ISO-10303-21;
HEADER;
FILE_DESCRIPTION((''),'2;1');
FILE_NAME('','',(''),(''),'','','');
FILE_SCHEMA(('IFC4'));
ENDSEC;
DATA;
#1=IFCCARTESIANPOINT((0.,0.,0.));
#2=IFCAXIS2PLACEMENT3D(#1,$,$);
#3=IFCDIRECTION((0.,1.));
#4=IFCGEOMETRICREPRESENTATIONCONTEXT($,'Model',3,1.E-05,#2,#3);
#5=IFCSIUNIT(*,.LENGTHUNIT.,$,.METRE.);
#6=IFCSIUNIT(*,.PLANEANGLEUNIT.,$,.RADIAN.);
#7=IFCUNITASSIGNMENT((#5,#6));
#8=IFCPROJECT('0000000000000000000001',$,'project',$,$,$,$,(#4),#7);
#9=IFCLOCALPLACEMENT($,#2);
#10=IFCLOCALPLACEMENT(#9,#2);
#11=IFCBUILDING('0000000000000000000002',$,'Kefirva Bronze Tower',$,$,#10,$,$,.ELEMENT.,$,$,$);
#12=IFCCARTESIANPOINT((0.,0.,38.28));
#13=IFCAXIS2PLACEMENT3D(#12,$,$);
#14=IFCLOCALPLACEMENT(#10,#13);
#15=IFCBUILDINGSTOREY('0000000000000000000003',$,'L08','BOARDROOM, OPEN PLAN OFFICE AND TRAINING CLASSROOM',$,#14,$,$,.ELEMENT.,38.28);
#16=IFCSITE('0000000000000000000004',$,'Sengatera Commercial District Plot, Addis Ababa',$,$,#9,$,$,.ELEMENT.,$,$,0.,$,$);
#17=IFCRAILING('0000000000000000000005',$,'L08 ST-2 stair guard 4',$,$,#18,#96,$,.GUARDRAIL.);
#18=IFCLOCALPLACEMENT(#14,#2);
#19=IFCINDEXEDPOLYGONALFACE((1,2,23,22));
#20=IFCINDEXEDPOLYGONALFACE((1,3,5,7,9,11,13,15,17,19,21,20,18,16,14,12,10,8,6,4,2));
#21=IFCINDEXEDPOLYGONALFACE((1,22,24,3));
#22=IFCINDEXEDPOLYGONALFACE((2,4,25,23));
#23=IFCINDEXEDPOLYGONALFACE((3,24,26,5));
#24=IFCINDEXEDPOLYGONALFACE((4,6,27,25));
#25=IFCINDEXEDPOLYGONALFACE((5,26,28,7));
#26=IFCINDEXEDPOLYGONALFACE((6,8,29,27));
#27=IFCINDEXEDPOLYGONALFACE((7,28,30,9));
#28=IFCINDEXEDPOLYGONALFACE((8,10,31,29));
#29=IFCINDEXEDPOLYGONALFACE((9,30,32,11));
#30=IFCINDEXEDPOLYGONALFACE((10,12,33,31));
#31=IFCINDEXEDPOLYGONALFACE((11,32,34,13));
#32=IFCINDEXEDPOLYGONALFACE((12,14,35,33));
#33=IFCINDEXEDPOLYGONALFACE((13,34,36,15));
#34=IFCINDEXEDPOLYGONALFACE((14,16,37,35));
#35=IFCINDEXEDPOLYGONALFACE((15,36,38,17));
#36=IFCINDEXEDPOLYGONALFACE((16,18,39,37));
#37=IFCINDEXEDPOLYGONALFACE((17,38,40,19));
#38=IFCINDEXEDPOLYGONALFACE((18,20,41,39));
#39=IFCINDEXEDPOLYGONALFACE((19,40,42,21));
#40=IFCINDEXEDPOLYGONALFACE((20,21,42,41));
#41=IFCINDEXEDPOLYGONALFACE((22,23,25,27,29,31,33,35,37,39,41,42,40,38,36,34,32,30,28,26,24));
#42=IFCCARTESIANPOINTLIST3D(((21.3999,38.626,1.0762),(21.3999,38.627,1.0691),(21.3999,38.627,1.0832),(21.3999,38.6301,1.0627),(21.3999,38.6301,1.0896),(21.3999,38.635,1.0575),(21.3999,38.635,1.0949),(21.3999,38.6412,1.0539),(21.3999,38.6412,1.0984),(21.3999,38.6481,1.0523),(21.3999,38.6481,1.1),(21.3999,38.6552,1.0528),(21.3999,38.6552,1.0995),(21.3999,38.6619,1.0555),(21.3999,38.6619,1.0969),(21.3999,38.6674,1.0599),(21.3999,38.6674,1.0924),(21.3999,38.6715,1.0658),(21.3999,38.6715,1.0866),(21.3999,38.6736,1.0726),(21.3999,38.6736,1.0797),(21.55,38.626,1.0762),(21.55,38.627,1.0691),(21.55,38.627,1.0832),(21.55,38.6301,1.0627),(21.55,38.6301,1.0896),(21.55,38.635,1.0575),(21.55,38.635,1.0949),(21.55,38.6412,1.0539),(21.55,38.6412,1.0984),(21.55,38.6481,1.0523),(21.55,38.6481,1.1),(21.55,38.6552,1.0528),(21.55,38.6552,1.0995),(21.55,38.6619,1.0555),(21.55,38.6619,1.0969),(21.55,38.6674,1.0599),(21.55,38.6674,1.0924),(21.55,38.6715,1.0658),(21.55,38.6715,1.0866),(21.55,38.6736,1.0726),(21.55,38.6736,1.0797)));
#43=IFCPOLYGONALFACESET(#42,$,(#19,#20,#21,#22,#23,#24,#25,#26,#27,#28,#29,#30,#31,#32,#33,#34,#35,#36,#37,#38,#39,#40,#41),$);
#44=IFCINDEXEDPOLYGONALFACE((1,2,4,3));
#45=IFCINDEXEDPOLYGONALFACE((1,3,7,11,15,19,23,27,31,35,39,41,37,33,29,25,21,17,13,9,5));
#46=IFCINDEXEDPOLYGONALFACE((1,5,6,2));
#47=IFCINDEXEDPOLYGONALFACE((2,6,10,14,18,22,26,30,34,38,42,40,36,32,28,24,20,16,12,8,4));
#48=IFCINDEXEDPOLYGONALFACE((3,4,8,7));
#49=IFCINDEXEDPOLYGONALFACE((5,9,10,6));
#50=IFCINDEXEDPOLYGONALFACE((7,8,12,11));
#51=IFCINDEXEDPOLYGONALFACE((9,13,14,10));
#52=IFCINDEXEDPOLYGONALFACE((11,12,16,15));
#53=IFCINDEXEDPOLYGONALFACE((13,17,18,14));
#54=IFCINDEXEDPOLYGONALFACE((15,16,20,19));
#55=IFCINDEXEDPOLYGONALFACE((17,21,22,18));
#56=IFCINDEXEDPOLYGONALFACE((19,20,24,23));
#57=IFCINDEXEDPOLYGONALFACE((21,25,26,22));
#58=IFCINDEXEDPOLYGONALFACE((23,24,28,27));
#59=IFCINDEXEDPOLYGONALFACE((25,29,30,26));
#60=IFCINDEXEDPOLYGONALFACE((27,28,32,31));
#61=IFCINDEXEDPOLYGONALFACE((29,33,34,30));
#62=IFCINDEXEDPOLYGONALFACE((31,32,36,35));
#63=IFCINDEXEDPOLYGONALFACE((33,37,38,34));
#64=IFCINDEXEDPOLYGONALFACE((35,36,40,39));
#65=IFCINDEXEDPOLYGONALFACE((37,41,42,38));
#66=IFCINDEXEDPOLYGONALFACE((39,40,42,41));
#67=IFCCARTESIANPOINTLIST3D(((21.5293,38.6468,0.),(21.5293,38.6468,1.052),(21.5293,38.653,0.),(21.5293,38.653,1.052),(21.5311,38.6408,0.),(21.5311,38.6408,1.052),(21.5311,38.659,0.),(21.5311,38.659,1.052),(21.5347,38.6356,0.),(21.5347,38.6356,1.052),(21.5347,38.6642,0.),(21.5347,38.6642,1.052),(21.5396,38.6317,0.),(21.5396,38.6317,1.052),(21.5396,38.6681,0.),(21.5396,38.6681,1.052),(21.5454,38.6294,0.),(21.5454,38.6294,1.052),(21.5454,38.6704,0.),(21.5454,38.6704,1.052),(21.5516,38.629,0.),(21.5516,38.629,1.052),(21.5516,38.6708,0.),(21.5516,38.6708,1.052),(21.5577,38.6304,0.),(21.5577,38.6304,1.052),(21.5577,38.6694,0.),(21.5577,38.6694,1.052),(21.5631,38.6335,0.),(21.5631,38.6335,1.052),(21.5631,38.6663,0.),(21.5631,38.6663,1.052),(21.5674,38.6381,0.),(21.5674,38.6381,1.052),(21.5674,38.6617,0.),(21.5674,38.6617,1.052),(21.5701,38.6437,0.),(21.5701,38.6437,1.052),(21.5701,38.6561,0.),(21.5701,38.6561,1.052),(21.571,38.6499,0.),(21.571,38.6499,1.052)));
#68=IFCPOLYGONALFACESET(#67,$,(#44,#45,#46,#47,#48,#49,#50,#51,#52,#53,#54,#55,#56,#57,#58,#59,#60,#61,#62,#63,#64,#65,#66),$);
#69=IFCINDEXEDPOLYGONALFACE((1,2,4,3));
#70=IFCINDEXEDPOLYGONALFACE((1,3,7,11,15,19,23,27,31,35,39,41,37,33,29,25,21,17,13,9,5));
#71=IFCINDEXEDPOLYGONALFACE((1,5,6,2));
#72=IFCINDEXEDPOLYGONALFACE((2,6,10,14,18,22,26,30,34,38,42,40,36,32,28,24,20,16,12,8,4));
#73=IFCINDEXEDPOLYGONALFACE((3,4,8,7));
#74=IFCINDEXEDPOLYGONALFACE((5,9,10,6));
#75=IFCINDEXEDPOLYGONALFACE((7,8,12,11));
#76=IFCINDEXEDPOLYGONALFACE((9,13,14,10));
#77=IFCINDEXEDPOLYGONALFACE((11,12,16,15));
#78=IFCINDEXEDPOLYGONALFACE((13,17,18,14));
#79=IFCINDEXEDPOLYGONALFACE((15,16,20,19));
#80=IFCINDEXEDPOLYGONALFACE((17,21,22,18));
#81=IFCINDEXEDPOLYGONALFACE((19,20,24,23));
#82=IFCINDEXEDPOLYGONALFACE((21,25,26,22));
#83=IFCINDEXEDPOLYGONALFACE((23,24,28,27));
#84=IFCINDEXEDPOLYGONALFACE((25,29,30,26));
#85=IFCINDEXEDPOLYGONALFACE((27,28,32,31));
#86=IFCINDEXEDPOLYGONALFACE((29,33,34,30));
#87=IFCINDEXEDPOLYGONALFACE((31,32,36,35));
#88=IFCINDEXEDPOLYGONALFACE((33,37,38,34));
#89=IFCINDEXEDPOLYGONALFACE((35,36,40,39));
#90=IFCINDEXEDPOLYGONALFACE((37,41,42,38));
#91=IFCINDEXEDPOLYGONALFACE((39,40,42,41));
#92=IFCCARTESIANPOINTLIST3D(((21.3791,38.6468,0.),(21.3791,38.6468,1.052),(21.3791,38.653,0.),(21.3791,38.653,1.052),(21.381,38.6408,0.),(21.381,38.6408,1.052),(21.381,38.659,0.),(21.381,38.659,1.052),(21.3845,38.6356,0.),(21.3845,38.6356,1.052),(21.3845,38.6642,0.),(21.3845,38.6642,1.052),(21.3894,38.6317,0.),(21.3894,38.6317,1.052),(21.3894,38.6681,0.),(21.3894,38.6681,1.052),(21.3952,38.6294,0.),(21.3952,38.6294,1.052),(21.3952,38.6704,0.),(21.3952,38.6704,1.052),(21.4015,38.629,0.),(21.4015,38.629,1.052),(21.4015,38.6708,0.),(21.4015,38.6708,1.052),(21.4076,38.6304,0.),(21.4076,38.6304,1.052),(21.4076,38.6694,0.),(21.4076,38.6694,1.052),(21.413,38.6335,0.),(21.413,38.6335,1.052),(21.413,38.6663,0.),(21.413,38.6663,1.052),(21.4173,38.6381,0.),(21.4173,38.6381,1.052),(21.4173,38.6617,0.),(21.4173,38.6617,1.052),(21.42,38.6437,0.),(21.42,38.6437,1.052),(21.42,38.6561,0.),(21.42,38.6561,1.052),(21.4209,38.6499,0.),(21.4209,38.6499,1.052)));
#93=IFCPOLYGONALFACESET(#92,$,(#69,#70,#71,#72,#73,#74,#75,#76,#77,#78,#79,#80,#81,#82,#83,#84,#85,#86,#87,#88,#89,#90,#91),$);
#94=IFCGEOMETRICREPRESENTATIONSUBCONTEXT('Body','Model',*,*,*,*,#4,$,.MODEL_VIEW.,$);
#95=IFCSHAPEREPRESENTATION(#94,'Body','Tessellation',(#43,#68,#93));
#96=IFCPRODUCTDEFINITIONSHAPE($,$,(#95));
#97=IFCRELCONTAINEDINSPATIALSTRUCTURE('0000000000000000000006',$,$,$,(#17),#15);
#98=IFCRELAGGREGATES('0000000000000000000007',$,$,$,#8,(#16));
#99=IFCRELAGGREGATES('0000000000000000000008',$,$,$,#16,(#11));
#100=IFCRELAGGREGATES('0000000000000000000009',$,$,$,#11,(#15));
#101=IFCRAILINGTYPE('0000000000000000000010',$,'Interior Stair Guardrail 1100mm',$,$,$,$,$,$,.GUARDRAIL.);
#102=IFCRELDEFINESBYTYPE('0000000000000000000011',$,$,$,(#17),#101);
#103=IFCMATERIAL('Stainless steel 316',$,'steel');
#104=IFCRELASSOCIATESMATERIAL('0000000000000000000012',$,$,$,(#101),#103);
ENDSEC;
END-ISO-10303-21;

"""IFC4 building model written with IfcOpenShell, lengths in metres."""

from ifc_helpers import new_model, si_unit, direction, frame, origin, origin_2d, place, context, subcontext, project, spatial, circle, extrude, material, type_object, element, save


model = new_model("IFC4")

# Units and contexts
model_context = context("Model", 3, precision=1e-05, world=origin(), true_north=direction((0.0, 1.0)))
body_context = subcontext(model_context, "Body", "Model", "MODEL_VIEW")
ifc_project = project(units=[si_unit("LENGTHUNIT", "METRE"), si_unit("PLANEANGLEUNIT", "RADIAN")], contexts=[model_context])

# Site, building, storey
site_placement = place(None, origin())
site = spatial("IfcSite", under=ifc_project, at=site_placement, Name="Sengatera Commercial District Plot, Addis Ababa", CompositionType="ELEMENT", RefElevation=0.0)
building_placement = place(site_placement, origin())
building = spatial("IfcBuilding", under=site, at=building_placement, Name="Kefirva Bronze Tower", CompositionType="ELEMENT")
storey_placement = place(building_placement, frame((0.0, 0.0, 38.28)))
storey = spatial("IfcBuildingStorey", under=building, at=storey_placement, Name="L08", Description="BOARDROOM, OPEN PLAN OFFICE AND TRAINING CLASSROOM", CompositionType="ELEMENT", Elevation=38.28)

# Railing
ifc_material_1 = material(Name="Stainless steel 316", Category="steel")
railing_type_1 = type_object("IfcRailingType", Name="Interior Stair Guardrail 1100mm", PredefinedType="GUARDRAIL", material=ifc_material_1)
railing_1_placement = place(storey_placement, frame((21.55, 38.6499, 0.0)))
element("IfcRailing", 1, at=railing_1_placement, inside=storey, type_object=railing_type_1, Name="L08 ST-2 stair guard 4", PredefinedType="GUARDRAIL", context=body_context, shape_type="SweptSolid", body=[
    extrude(circle(Radius=0.0239, at=origin_2d()), frame((0.0, 0.0, 1.0762), z_axis=(-1.0, 0.0, 0.0), x_axis=(0.0, -1.0, 0.0)), (0.0, 0.0, 1.0), 0.1501),
    extrude(circle(Radius=0.021, at=origin_2d()), origin(), (0.0, 0.0, 1.0), 1.052),
    extrude(circle(Radius=0.021, at=origin_2d()), frame((-0.1501, 0.0, 0.0)), (0.0, 0.0, 1.0), 1.052),
])

save(model, "model.ifc")
